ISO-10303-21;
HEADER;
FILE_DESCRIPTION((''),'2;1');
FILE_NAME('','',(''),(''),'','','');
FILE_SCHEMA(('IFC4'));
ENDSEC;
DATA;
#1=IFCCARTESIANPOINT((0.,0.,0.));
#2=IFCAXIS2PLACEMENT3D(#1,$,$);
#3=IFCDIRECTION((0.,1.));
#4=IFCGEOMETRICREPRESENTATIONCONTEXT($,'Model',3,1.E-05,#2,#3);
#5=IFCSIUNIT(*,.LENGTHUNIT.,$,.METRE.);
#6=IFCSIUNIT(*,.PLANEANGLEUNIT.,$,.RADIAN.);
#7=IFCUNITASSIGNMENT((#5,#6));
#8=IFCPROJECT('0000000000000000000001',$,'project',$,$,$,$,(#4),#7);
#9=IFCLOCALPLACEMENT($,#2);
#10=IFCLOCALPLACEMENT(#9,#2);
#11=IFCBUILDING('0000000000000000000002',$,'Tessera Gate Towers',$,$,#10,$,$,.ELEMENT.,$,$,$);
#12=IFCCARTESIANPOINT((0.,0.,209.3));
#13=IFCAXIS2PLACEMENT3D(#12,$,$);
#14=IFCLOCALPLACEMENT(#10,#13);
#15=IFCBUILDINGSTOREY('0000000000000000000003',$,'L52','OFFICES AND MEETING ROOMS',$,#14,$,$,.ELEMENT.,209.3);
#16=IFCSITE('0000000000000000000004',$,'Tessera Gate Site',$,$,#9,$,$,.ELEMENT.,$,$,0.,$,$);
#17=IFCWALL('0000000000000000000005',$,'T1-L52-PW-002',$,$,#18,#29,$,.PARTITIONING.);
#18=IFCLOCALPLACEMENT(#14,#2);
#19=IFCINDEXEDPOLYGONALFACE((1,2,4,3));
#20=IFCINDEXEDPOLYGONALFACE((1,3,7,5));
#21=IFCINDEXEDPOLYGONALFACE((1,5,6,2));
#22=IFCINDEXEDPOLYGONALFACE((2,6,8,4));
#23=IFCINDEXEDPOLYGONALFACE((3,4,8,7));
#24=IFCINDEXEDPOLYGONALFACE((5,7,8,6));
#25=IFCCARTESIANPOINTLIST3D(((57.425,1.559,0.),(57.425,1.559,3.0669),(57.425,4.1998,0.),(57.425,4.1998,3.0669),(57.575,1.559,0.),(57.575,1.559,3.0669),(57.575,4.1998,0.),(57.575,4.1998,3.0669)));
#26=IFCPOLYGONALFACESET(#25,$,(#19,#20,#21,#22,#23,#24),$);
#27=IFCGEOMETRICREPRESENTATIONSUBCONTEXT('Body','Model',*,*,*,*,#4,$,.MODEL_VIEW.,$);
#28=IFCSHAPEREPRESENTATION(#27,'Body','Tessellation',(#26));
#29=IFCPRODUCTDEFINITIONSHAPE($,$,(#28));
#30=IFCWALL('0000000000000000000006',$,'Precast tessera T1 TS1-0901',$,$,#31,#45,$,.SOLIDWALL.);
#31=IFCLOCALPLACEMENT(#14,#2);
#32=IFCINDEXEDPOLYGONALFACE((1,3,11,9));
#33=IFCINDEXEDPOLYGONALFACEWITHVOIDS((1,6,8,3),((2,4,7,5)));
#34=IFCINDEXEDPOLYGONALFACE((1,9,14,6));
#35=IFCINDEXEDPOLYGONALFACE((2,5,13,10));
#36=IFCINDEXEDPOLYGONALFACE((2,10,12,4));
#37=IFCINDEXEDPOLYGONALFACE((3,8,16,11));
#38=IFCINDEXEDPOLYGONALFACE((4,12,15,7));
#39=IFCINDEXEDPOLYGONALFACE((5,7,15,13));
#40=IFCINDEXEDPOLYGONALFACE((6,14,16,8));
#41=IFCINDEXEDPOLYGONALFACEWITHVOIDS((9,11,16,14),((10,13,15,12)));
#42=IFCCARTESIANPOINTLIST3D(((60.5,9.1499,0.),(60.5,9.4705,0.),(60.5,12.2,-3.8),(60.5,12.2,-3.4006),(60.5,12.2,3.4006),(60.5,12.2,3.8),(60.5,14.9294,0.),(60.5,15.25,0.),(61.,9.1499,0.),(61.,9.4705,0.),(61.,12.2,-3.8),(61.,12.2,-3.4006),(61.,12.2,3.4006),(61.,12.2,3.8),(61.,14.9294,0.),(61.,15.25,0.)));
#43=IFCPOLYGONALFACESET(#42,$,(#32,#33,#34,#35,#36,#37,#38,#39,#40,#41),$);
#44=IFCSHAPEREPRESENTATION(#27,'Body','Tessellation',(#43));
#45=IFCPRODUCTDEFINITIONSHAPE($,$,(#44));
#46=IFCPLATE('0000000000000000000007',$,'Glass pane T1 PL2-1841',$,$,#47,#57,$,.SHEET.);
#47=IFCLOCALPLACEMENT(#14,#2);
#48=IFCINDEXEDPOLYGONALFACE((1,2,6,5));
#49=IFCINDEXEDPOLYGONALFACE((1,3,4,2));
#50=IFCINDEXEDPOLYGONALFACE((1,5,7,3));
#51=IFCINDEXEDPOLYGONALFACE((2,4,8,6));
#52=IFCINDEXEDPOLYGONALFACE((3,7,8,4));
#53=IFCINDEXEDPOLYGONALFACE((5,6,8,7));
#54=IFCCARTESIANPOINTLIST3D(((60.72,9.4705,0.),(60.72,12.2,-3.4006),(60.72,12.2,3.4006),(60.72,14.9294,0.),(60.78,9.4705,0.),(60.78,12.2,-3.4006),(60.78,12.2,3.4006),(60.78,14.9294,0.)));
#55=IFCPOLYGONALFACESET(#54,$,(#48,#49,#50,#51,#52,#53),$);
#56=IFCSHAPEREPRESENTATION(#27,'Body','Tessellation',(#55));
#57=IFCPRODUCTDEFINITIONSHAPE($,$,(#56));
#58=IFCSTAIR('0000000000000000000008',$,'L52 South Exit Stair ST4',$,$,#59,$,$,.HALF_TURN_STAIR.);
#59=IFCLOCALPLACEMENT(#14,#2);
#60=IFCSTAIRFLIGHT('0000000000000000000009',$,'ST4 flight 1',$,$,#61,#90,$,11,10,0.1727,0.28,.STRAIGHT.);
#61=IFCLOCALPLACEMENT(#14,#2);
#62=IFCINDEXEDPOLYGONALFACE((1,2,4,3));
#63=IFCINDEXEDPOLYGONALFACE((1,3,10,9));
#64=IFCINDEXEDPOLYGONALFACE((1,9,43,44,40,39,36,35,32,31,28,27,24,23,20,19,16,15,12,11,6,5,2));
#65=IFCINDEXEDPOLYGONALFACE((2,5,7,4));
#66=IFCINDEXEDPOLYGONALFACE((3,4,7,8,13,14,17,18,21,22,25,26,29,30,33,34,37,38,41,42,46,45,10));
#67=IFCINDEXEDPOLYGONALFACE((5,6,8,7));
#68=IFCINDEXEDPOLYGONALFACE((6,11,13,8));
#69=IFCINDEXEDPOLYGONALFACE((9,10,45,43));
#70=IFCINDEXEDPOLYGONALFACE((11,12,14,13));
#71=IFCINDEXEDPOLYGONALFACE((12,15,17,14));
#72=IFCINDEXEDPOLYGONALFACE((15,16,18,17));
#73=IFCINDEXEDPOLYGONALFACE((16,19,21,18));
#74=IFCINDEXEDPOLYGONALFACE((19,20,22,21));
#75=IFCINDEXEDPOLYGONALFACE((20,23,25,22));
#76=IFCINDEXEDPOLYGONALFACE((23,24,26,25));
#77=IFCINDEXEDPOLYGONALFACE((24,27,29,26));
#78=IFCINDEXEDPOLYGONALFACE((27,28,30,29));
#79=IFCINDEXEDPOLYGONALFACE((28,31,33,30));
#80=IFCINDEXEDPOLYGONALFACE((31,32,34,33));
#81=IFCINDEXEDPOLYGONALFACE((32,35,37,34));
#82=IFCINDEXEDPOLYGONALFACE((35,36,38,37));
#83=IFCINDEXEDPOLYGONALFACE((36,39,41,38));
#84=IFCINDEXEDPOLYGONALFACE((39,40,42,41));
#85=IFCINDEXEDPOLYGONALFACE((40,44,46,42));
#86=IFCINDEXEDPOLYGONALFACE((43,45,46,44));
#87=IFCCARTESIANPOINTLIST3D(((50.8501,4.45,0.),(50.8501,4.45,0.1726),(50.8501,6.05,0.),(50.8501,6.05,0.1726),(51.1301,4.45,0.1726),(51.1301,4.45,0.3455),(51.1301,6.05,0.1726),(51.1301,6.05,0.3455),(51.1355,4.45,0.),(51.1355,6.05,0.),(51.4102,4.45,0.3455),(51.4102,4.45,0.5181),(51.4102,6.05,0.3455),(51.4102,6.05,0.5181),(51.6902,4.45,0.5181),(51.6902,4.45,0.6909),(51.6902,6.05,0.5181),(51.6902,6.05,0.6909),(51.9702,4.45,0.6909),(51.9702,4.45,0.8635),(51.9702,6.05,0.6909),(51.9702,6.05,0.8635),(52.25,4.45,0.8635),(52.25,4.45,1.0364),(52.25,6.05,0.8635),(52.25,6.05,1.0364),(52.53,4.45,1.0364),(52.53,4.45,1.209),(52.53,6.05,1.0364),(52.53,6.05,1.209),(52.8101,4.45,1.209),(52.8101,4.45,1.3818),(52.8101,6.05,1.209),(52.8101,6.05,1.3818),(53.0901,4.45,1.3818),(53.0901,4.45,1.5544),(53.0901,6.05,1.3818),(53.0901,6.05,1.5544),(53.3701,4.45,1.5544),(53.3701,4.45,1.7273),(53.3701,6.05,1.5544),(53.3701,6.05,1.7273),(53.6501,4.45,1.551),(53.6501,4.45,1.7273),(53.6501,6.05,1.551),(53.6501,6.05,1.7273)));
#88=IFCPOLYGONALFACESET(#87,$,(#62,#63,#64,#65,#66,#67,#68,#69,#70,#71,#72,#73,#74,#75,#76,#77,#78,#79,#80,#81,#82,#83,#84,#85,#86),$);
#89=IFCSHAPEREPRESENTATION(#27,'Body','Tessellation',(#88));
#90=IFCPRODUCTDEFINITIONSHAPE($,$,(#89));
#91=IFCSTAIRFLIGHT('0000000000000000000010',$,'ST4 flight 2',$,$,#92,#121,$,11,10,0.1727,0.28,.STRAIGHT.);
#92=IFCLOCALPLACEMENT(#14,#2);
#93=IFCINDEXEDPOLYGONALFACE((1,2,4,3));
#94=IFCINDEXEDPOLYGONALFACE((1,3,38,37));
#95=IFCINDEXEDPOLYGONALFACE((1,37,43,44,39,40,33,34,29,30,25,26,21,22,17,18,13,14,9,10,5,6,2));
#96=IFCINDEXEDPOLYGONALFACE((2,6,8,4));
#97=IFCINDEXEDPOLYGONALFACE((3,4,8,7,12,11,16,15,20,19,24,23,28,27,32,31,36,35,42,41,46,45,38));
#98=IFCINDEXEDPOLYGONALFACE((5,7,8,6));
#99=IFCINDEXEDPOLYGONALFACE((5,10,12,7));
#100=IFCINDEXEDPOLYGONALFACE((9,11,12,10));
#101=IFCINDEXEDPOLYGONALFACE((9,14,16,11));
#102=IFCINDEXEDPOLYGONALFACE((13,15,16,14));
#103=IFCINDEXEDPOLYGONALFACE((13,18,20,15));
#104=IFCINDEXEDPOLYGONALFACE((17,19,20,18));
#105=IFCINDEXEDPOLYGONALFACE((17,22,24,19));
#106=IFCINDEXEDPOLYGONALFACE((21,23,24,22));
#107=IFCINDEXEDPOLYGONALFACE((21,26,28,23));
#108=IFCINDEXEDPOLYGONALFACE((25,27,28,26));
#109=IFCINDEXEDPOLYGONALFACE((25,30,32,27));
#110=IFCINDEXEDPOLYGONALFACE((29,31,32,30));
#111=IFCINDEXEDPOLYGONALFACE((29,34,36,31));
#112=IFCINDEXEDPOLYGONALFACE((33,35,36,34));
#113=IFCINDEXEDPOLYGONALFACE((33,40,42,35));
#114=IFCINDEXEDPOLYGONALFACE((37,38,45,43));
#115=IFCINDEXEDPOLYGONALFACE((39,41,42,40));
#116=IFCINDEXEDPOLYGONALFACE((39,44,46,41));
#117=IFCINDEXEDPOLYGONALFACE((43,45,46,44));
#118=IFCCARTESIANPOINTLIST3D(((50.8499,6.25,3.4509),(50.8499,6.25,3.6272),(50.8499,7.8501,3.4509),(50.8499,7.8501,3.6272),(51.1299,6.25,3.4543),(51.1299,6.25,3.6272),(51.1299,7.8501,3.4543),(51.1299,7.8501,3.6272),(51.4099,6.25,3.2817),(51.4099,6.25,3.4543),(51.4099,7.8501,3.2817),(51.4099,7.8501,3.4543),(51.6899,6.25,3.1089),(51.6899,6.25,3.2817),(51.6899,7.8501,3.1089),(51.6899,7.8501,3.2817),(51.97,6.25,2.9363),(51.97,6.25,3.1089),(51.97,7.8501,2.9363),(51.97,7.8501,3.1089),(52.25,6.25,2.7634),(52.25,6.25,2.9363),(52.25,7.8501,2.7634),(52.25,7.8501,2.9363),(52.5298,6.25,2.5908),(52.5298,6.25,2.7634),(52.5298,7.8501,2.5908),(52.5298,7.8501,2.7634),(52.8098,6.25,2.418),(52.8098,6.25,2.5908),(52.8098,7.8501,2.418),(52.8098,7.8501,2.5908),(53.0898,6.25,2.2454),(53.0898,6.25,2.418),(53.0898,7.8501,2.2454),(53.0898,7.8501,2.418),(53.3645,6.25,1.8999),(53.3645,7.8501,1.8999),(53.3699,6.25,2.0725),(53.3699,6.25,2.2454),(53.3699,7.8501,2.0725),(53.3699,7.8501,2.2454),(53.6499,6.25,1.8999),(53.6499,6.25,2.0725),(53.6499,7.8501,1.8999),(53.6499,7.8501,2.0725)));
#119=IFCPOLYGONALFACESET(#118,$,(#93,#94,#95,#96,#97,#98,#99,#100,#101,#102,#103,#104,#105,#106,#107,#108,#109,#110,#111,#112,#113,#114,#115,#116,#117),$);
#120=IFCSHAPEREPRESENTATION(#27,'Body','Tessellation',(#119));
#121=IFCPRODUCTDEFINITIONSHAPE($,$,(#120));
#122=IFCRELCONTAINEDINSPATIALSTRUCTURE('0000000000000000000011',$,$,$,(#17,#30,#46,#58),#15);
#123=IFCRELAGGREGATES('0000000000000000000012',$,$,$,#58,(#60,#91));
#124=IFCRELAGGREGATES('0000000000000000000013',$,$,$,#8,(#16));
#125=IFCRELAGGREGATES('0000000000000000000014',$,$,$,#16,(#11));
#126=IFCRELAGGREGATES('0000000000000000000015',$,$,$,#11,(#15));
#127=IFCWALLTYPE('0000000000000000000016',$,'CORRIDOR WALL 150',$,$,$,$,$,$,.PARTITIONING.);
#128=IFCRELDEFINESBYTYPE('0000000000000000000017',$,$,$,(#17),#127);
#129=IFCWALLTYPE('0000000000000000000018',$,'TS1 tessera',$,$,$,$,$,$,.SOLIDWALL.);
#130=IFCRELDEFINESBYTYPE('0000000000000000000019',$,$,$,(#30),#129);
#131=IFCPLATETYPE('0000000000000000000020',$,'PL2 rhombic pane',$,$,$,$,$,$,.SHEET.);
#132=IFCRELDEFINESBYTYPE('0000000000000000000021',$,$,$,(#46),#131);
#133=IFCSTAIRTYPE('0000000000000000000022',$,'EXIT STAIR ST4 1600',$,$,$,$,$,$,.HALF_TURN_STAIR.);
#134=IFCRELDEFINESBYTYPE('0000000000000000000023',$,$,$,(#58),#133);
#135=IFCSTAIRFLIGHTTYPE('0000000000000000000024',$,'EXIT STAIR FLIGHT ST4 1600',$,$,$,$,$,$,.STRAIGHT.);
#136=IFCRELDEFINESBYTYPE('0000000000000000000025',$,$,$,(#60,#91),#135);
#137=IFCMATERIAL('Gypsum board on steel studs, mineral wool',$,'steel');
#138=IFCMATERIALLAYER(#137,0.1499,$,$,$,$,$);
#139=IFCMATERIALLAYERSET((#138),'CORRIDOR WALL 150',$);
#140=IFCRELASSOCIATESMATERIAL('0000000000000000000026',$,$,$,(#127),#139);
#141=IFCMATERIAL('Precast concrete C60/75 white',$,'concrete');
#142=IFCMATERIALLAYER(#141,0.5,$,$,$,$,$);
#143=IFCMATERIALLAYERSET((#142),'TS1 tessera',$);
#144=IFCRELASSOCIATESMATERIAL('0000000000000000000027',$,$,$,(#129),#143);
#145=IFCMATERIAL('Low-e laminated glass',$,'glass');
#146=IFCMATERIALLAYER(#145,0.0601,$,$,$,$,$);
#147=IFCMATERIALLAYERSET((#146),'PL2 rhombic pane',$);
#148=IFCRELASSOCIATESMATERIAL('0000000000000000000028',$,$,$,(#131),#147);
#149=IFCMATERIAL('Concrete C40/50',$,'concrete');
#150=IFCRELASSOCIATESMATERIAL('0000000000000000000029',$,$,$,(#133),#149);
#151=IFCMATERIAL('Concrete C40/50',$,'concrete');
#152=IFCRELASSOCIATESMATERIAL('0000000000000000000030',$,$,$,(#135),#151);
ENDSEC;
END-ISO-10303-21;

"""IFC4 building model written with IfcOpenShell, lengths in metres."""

from ifc_helpers import new_model, si_unit, direction, frame, frame_2d, origin, place, context, subcontext, project, spatial, polyline, rectangle, outline, extrude, source, transform, mapped, material, layer, layer_set, type_object, element, fill, aggregate, save


model = new_model("IFC4")

# Units and contexts
model_context = context("Model", 3, precision=1e-05, world=origin(), true_north=direction((0.0, 1.0)))
body_context = subcontext(model_context, "Body", "Model", "MODEL_VIEW")
ifc_project = project(units=[si_unit("LENGTHUNIT", "METRE"), si_unit("PLANEANGLEUNIT", "RADIAN")], contexts=[model_context])

# Site, building, storey
site_placement = place(None, origin())
site = spatial("IfcSite", under=ifc_project, at=site_placement, Name="Tessera Gate Site", CompositionType="ELEMENT", RefElevation=0.0)
building_placement = place(site_placement, origin())
building = spatial("IfcBuilding", under=site, at=building_placement, Name="Tessera Gate Towers", CompositionType="ELEMENT")
storey_placement = place(building_placement, frame((0.0, 0.0, 209.3)))
storey = spatial("IfcBuildingStorey", under=building, at=storey_placement, Name="L52", Description="OFFICES AND MEETING ROOMS", CompositionType="ELEMENT", Elevation=209.3)

# Wall
ifc_material_1 = material(Name="Gypsum board on steel studs, mineral wool", Category="steel")
ifc_layer_1 = layer(ifc_material_1, 0.1499)
ifc_layer_set_1 = layer_set([ifc_layer_1], Name="CORRIDOR WALL 150")
wall_type_1 = type_object("IfcWallType", Name="CORRIDOR WALL 150", PredefinedType="PARTITIONING", material=ifc_layer_set_1)
wall_1_placement = place(storey_placement, frame((57.5, 1.5591, 0.0), z_axis=(0.0, 0.0, 1.0), x_axis=(0.0, 1.0, 0.0)))
element("IfcWall", 1, at=wall_1_placement, inside=storey, type_object=wall_type_1, Name="T1-L52-PW-002", PredefinedType="PARTITIONING", context=body_context, shape_type="SweptSolid", body=[
    extrude(rectangle(XDim=2.6409, YDim=0.1499, at=frame_2d((1.3203, 0.0))), origin(), (0.0, 0.0, 1.0), 3.0669),
])

# Wall, opening, plate
ifc_material_2 = material(Name="Precast concrete C60/75 white", Category="concrete")
ifc_layer_2 = layer(ifc_material_2, 0.5)
ifc_layer_set_2 = layer_set([ifc_layer_2], Name="TS1 tessera")
wall_type_2 = type_object("IfcWallType", Name="TS1 tessera", PredefinedType="SOLIDWALL", material=ifc_layer_set_2)
shared_shape_1 = source(origin(), body_context, "Body", "SweptSolid", [
    extrude(outline(polyline([(3.05, 0.0), (6.1001, 3.8), (3.05, 7.6001), (0.0, 3.8), (3.05, 0.0)])), frame((0.0, 0.25, 0.0), z_axis=(0.0, -1.0, 0.0), x_axis=(1.0, 0.0, 0.0)), (0.0, 0.0, 1.0), 0.5),
])
wall_2_placement = place(storey_placement, frame((60.75, 9.1499, -3.8), z_axis=(0.0, 0.0, 1.0), x_axis=(0.0, 1.0, 0.0)))
wall_2 = element("IfcWall", 2, at=wall_2_placement, inside=storey, type_object=wall_type_2, Name="Precast tessera T1 TS1-0901", PredefinedType="SOLIDWALL", context=body_context, shape_type="MappedRepresentation", body=[
    mapped(shared_shape_1, transform((0.0, 0.0, 0.0), scale=1.0)),
])
shared_shape_2 = source(origin(), body_context, "Body", "SweptSolid", [
    extrude(outline(polyline([(3.05, 0.3994), (5.7795, 3.8), (3.05, 7.2007), (0.3206, 3.8), (3.05, 0.3994)])), frame((0.0, 0.26, 0.0), z_axis=(0.0, -1.0, 0.0), x_axis=(1.0, 0.0, 0.0)), (0.0, 0.0, 1.0), 0.52),
])
opening_1_placement = place(wall_2_placement, origin())
opening_1 = element("IfcOpeningElement", 3, at=opening_1_placement, cuts=wall_2, PredefinedType="OPENING", context=body_context, shape_type="MappedRepresentation", body=[
    mapped(shared_shape_2, transform((0.0, 0.0, 0.0), scale=1.0)),
])
ifc_material_3 = material(Name="Low-e laminated glass", Category="glass")
ifc_layer_3 = layer(ifc_material_3, 0.0601)
ifc_layer_set_3 = layer_set([ifc_layer_3], Name="PL2 rhombic pane")
plate_type = type_object("IfcPlateType", Name="PL2 rhombic pane", PredefinedType="SHEET", material=ifc_layer_set_3)
shared_shape_3 = source(origin(), body_context, "Body", "SweptSolid", [
    extrude(outline(polyline([(3.05, 0.3994), (5.7795, 3.8), (3.05, 7.2007), (0.3206, 3.8), (3.05, 0.3994)])), frame((0.0, 0.03, 0.0), z_axis=(0.0, -1.0, 0.0), x_axis=(1.0, 0.0, 0.0)), (0.0, 0.0, 1.0), 0.0601),
])
plate_placement = place(opening_1_placement, origin())
plate = element("IfcPlate", 4, at=plate_placement, inside=storey, type_object=plate_type, Name="Glass pane T1 PL2-1841", PredefinedType="SHEET", context=body_context, shape_type="MappedRepresentation", body=[
    mapped(shared_shape_3, transform((0.0, 0.0, 0.0), scale=1.0)),
])
fill(opening_1, plate)

# Stair, stair flights
ifc_material_4 = material(Name="Concrete C40/50", Category="concrete")
stair_type = type_object("IfcStairType", Name="EXIT STAIR ST4 1600", PredefinedType="HALF_TURN_STAIR", material=ifc_material_4)
stair_placement = place(storey_placement, origin())
stair = element("IfcStair", 5, at=stair_placement, inside=storey, type_object=stair_type, Name="L52 South Exit Stair ST4", PredefinedType="HALF_TURN_STAIR")
ifc_material_5 = material(Name="Concrete C40/50", Category="concrete")
stair_flight_type = type_object("IfcStairFlightType", Name="EXIT STAIR FLIGHT ST4 1600", PredefinedType="STRAIGHT", material=ifc_material_5)
stair_flight_1_placement = place(storey_placement, frame((50.8501, 5.25, 0.0), z_axis=(0.0, 0.0, 1.0), x_axis=(1.0, 0.0, 0.0)))
stair_flight_1 = element("IfcStairFlight", 6, at=stair_flight_1_placement, type_object=stair_flight_type, Name="ST4 flight 1", NumberOfRisers=11, NumberOfTreads=10, PredefinedType="STRAIGHT", RiserHeight=0.1727, TreadLength=0.28, context=body_context, shape_type="SweptSolid", body=[
    extrude(outline(polyline([(0.0, 0.0), (0.0, 0.1726), (0.28, 0.1726), (0.28, 0.3455), (0.5601, 0.3455), (0.5601, 0.5181), (0.8401, 0.5181), (0.8401, 0.6909), (1.1201, 0.6909), (1.1201, 0.8635), (1.3999, 0.8635), (1.3999, 1.0364), (1.6799, 1.0364), (1.6799, 1.209), (1.96, 1.209), (1.96, 1.3818), (2.24, 1.3818), (2.24, 1.5544), (2.52, 1.5544), (2.52, 1.7273), (2.8, 1.7273), (2.8, 1.8999), (2.8, 1.551), (0.2854, 0.0), (0.0, 0.0)])), frame((0.0, 0.8, 0.0), z_axis=(0.0, -1.0, 0.0), x_axis=(1.0, 0.0, 0.0)), (0.0, 0.0, 1.0), 1.6001),
])
stair_flight_2_placement = place(storey_placement, frame((53.6499, 7.05, 1.8999), z_axis=(0.0, 0.0, 1.0), x_axis=(-1.0, 0.0, 0.0)))
stair_flight_2 = element("IfcStairFlight", 7, at=stair_flight_2_placement, type_object=stair_flight_type, Name="ST4 flight 2", NumberOfRisers=11, NumberOfTreads=10, PredefinedType="STRAIGHT", RiserHeight=0.1727, TreadLength=0.28, context=body_context, shape_type="SweptSolid", body=[
    extrude(outline(polyline([(0.0, 0.0), (0.0, 0.1726), (0.28, 0.1726), (0.28, 0.3455), (0.5601, 0.3455), (0.5601, 0.5181), (0.8401, 0.5181), (0.8401, 0.6909), (1.1201, 0.6909), (1.1201, 0.8635), (1.3999, 0.8635), (1.3999, 1.0364), (1.6799, 1.0364), (1.6799, 1.209), (1.96, 1.209), (1.96, 1.3818), (2.24, 1.3818), (2.24, 1.5544), (2.52, 1.5544), (2.52, 1.7273), (2.8, 1.7273), (2.8, 1.8999), (2.8, 1.551), (0.2854, 0.0), (0.0, 0.0)])), frame((0.0, 0.8, 0.0), z_axis=(0.0, -1.0, 0.0), x_axis=(1.0, 0.0, 0.0)), (0.0, 0.0, 1.0), 1.6001),
])
aggregate(stair, [stair_flight_1, stair_flight_2])

save(model, "model.ifc")
